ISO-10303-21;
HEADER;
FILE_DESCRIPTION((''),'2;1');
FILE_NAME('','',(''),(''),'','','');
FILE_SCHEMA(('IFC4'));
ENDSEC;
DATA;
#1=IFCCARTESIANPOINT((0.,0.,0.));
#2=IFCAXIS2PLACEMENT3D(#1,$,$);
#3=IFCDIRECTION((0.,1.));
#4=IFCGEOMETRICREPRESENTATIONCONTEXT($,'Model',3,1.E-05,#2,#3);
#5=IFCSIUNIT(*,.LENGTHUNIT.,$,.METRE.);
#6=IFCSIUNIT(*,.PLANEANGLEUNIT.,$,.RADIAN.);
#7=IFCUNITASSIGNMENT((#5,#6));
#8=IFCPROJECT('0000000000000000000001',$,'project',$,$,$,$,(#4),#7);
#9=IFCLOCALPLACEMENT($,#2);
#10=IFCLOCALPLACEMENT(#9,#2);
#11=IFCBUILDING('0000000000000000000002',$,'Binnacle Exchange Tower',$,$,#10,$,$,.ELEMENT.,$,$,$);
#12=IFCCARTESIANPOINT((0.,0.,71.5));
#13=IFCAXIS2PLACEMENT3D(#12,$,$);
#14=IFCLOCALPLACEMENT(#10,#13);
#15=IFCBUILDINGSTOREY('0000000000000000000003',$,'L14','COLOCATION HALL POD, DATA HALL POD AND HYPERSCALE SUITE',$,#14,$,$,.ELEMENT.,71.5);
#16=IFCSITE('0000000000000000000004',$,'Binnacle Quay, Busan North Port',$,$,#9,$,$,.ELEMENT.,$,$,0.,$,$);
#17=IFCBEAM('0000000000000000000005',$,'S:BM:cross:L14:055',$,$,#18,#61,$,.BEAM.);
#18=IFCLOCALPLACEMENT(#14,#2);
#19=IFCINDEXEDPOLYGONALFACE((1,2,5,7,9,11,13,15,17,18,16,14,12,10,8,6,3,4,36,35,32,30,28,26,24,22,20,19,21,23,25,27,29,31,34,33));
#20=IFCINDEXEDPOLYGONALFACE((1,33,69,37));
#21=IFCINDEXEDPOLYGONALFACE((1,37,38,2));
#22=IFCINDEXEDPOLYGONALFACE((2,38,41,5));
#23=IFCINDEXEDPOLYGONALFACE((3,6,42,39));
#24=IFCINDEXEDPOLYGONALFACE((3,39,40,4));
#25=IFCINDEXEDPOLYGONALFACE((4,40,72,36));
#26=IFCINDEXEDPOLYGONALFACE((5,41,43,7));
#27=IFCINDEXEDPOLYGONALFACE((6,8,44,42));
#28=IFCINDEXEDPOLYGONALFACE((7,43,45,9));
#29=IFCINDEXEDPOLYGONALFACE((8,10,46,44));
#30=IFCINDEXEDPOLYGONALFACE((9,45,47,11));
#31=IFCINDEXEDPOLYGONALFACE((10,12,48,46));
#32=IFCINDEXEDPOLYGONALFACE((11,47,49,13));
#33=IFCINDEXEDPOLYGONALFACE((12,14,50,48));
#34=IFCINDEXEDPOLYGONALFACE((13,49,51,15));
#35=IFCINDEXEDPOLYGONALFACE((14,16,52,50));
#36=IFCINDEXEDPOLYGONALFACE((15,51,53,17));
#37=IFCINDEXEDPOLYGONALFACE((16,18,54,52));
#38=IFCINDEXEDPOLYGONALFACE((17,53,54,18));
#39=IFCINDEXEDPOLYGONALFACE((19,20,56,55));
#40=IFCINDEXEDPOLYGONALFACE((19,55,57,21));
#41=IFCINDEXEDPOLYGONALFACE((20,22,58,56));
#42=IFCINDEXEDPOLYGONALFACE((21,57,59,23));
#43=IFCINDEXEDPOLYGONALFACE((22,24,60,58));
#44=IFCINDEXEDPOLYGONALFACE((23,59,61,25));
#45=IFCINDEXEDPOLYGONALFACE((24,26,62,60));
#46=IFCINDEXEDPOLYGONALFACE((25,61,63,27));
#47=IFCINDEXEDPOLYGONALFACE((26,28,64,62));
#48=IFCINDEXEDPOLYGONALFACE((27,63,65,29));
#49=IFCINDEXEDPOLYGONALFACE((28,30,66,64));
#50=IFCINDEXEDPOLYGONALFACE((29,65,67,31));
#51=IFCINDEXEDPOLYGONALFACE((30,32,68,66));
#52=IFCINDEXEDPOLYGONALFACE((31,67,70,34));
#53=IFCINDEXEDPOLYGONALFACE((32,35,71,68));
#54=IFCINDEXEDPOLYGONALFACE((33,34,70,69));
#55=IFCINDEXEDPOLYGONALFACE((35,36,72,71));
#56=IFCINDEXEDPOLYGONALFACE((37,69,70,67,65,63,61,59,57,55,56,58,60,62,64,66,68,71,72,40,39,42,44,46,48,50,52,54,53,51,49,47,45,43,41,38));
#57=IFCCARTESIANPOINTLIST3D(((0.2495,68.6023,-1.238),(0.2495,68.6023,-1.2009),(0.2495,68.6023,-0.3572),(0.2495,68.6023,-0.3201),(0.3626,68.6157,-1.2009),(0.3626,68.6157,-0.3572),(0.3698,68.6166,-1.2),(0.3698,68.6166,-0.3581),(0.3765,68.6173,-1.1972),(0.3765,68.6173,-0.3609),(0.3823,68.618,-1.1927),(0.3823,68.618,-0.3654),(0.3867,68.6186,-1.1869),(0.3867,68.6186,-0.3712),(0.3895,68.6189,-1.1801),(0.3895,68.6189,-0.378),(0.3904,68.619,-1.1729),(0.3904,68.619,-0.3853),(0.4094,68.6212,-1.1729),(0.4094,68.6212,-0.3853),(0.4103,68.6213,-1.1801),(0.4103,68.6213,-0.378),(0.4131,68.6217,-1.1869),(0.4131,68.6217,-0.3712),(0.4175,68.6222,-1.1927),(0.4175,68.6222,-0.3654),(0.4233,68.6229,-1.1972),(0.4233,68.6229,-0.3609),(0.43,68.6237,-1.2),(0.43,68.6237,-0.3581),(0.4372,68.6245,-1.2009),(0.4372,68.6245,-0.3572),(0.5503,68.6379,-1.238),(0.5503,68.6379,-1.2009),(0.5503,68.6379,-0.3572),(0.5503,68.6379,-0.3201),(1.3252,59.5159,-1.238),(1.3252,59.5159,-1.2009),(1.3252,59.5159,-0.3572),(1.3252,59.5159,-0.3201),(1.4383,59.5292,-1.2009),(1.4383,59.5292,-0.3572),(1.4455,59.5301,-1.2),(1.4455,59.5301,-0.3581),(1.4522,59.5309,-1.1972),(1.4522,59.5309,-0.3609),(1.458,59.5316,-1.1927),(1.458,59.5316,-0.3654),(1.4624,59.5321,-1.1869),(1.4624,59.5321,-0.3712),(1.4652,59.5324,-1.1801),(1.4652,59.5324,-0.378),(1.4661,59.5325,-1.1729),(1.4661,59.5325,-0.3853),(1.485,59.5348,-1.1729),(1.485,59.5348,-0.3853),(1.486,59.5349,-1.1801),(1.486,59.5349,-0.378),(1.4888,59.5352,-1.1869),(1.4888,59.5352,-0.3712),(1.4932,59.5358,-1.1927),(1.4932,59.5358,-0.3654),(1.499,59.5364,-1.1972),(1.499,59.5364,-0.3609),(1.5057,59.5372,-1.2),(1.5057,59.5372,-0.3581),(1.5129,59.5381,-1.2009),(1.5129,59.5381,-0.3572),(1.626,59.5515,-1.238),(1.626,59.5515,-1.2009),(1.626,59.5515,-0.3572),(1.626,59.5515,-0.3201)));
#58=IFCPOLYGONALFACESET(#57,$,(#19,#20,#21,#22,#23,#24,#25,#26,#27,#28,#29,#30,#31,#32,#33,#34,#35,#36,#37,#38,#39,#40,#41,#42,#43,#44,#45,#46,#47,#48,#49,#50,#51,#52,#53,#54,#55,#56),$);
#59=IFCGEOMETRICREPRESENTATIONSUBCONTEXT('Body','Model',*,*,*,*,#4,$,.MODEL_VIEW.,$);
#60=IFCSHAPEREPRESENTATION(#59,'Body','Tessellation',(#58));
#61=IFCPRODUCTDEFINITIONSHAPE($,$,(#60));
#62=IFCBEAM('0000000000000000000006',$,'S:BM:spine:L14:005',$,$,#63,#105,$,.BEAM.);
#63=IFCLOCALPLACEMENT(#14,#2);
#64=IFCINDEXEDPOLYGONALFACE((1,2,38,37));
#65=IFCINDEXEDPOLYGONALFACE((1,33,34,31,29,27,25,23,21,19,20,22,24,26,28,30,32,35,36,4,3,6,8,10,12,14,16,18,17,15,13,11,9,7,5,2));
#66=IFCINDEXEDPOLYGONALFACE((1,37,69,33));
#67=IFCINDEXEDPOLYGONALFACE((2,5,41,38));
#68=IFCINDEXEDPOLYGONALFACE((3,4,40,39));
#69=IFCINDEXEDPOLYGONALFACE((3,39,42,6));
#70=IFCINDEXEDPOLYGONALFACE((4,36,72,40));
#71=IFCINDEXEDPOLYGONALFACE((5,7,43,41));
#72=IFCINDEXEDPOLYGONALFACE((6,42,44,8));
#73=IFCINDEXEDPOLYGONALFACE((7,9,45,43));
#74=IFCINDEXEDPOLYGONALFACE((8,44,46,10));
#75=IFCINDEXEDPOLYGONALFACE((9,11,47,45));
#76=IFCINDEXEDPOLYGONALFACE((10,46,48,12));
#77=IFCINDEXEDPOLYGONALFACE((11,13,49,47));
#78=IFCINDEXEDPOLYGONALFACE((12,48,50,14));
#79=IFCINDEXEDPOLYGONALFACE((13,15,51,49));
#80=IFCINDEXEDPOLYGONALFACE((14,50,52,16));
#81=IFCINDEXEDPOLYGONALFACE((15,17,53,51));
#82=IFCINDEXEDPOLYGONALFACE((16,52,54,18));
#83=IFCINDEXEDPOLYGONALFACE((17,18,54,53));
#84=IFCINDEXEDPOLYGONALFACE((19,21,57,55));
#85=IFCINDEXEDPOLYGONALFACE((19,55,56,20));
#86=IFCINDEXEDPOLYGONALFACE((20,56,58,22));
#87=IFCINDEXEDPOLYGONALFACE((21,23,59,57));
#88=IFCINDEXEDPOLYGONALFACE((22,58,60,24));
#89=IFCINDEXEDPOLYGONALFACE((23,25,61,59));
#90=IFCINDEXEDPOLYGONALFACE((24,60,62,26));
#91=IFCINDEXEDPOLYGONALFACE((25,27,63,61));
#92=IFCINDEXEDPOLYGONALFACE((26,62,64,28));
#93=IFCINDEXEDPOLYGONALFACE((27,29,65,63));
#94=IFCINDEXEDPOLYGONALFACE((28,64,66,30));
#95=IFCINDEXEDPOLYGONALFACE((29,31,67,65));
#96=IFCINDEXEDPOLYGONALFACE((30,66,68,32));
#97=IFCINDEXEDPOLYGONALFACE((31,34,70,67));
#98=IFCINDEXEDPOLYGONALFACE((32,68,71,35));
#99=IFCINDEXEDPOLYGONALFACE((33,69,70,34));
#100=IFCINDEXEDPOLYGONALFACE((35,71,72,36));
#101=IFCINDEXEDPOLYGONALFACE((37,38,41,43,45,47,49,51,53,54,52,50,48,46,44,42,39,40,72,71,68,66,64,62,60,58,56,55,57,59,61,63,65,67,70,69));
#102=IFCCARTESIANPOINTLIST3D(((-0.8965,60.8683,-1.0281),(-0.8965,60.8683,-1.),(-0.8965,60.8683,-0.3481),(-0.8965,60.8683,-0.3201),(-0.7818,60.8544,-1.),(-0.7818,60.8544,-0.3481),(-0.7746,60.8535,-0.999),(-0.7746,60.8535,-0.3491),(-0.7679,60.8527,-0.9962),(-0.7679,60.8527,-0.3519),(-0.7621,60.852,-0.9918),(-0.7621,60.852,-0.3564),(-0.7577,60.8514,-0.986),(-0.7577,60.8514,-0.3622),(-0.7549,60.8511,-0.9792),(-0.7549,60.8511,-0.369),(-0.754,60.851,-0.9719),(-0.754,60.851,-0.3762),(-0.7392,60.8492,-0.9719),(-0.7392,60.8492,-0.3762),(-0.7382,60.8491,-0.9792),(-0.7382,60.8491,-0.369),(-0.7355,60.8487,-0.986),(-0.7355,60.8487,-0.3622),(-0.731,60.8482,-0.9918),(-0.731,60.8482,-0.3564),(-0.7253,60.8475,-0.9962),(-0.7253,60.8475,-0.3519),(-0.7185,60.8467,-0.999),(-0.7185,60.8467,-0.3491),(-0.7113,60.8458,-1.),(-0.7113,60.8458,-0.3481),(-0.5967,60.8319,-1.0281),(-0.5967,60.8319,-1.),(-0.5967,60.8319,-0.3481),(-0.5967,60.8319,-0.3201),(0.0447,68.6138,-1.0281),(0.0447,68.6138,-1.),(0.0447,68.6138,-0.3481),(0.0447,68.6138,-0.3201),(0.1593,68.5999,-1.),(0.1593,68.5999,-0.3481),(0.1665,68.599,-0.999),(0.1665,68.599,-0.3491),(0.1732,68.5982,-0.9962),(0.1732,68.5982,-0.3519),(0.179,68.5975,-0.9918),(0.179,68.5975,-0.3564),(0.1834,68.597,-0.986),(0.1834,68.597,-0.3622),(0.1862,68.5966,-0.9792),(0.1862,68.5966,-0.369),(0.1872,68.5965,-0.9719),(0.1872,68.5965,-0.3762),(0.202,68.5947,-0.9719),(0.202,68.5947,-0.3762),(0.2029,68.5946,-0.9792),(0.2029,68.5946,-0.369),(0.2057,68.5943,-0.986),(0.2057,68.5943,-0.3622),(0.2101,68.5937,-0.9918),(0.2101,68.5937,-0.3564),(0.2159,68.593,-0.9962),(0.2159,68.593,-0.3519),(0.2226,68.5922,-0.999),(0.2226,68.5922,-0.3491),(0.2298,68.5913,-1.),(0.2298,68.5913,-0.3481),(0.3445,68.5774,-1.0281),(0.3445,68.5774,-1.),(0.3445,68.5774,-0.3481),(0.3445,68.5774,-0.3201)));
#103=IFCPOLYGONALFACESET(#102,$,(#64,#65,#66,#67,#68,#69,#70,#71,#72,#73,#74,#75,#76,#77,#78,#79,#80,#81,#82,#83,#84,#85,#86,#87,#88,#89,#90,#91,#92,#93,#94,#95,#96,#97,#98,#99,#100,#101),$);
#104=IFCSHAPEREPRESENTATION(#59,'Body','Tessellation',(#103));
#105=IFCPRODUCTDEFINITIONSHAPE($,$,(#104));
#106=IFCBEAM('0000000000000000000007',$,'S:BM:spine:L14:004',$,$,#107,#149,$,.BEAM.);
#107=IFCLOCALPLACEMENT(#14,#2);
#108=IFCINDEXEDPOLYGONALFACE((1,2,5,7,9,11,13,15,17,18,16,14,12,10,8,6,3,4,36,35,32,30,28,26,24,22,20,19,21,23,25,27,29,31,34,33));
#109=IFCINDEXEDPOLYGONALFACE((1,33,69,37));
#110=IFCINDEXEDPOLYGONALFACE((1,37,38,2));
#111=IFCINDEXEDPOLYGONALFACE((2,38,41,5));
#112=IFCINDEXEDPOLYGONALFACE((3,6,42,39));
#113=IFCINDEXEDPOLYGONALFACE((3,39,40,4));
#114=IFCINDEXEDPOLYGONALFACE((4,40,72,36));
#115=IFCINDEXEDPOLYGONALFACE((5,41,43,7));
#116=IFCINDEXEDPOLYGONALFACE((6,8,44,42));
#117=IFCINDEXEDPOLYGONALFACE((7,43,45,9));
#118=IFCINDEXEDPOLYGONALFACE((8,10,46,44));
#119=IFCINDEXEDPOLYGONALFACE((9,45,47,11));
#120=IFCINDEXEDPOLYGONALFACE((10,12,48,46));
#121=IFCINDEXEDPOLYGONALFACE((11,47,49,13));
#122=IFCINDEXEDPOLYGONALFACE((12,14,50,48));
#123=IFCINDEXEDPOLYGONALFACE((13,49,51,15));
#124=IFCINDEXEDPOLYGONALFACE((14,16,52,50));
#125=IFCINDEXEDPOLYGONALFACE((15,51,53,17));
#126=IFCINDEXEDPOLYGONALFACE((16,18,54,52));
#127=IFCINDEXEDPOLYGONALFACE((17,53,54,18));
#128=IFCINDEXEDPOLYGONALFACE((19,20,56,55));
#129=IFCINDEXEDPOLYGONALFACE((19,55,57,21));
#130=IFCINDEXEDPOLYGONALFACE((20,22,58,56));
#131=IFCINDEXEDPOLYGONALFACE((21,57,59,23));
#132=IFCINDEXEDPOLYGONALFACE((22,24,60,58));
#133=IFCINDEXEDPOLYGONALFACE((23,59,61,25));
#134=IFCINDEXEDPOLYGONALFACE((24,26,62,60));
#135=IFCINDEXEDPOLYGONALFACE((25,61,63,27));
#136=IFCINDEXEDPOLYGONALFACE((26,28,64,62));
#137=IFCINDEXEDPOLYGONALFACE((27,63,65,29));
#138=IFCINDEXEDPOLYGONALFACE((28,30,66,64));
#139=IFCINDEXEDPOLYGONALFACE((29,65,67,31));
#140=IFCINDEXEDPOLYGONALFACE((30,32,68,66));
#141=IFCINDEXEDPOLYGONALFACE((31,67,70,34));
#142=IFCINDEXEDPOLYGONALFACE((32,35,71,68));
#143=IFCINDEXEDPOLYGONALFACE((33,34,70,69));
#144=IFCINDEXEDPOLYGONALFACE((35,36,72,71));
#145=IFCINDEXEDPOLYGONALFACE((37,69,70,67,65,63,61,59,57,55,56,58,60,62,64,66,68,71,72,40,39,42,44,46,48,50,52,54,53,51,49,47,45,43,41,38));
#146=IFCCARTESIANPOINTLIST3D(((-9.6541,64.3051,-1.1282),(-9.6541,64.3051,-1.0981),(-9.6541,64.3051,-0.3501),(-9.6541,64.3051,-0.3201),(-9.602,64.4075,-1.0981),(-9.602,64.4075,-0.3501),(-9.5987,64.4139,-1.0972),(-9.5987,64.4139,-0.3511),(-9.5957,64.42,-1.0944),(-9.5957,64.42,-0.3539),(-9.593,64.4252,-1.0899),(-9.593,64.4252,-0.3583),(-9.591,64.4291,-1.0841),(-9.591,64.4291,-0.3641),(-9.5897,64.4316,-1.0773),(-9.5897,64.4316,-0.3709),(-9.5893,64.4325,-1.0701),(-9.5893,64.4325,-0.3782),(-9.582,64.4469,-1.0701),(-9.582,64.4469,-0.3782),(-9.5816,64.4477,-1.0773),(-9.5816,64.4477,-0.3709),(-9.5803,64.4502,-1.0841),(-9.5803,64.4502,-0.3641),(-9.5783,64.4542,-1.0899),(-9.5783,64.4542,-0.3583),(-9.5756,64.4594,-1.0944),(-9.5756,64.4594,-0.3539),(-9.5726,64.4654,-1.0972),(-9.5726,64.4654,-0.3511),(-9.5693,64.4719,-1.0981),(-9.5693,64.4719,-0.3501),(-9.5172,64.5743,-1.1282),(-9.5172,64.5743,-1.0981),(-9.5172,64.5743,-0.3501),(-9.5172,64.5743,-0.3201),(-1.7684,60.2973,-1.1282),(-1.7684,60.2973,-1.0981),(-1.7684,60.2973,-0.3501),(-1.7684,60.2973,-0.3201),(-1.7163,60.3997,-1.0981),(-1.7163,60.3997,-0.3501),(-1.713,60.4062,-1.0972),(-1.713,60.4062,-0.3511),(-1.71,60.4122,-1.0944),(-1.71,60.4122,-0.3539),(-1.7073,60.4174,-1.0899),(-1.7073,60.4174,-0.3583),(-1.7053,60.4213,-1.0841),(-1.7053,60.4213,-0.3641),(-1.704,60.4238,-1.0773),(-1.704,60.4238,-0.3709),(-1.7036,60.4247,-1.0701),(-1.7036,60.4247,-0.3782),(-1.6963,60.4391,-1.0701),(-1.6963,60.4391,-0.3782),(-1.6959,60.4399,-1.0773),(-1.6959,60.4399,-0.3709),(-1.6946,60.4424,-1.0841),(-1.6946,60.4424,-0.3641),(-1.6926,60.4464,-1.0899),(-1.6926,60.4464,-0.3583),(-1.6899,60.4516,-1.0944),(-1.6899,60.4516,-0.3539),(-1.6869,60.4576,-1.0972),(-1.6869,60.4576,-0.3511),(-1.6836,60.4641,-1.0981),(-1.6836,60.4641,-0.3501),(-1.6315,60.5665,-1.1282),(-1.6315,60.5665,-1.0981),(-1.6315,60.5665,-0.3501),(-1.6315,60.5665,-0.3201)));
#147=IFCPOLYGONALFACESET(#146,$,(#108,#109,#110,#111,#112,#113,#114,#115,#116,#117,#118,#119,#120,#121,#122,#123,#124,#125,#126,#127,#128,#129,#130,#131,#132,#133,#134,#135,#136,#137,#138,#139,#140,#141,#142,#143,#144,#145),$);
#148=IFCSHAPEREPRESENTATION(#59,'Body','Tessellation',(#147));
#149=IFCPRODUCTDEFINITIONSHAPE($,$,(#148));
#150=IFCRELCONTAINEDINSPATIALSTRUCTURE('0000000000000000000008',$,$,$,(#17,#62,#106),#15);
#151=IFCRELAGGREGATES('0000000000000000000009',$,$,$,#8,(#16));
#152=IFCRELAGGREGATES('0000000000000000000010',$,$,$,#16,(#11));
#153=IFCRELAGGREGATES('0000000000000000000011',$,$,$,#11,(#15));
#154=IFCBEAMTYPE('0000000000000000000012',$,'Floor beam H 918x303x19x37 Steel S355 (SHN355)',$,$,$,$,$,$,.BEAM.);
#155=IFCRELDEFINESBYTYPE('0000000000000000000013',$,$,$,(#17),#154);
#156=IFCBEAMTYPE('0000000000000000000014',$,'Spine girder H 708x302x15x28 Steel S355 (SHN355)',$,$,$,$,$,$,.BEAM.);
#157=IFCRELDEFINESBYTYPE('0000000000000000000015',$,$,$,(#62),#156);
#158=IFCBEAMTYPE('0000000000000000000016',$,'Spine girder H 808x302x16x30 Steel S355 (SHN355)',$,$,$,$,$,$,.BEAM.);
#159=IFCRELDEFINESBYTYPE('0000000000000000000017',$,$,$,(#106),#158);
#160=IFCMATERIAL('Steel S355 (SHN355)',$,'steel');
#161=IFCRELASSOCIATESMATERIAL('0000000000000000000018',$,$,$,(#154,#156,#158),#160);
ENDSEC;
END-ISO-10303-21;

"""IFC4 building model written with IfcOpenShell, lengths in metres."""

from ifc_helpers import new_model, si_unit, direction, frame, origin, origin_2d, place, context, subcontext, project, spatial, i_section, extrude, material, material_profile, profile_set, type_object, element, save


model = new_model("IFC4")

# Units and contexts
model_context = context("Model", 3, precision=1e-05, world=origin(), true_north=direction((0.0, 1.0)))
body_context = subcontext(model_context, "Body", "Model", "MODEL_VIEW")
ifc_project = project(units=[si_unit("LENGTHUNIT", "METRE"), si_unit("PLANEANGLEUNIT", "RADIAN")], contexts=[model_context])

# Site, building, storey
site_placement = place(None, origin())
site = spatial("IfcSite", under=ifc_project, at=site_placement, Name="Binnacle Quay, Busan North Port", CompositionType="ELEMENT", RefElevation=0.0)
building_placement = place(site_placement, origin())
building = spatial("IfcBuilding", under=site, at=building_placement, Name="Binnacle Exchange Tower", CompositionType="ELEMENT")
storey_placement = place(building_placement, frame((0.0, 0.0, 71.5)))
storey = spatial("IfcBuildingStorey", under=building, at=storey_placement, Name="L14", Description="COLOCATION HALL POD, DATA HALL POD AND HYPERSCALE SUITE", CompositionType="ELEMENT", Elevation=71.5)

# Beams
ifc_material_1 = material(Name="Steel S355 (SHN355)", Category="steel")
ifc_material_profile_1 = material_profile(ifc_material_1, i_section(OverallWidth=0.303, OverallDepth=0.918, WebThickness=0.019, FlangeThickness=0.0371, FilletRadius=0.0281, at=origin_2d()), Name="H 918x303x19x37")
ifc_profile_set_1 = profile_set([ifc_material_profile_1], Name="Steel S355 (SHN355)")
beam_type_1 = type_object("IfcBeamType", Name="Floor beam H 918x303x19x37 Steel S355 (SHN355)", PredefinedType="BEAM", material=ifc_profile_set_1)
beam_1_placement = place(storey_placement, frame((0.3999, 68.6201, -0.7791), z_axis=(0.117563, -0.993065, 0.0), x_axis=(0.993065, 0.117563, 0.0)))
element("IfcBeam", 1, at=beam_1_placement, inside=storey, type_object=beam_type_1, Name="S:BM:cross:L14:055", PredefinedType="BEAM", context=body_context, shape_type="SweptSolid", body=[
    extrude(i_section(OverallWidth=0.303, OverallDepth=0.918, WebThickness=0.019, FlangeThickness=0.0371, FilletRadius=0.0281, at=origin_2d()), origin(), (0.0, 0.0, 1.0), 9.1499),
])
ifc_material_profile_2 = material_profile(ifc_material_1, i_section(OverallWidth=0.302, OverallDepth=0.708, WebThickness=0.0149, FlangeThickness=0.0281, FilletRadius=0.0281, at=origin_2d()), Name="H 708x302x15x28")
ifc_profile_set_2 = profile_set([ifc_material_profile_2], Name="Steel S355 (SHN355)")
beam_type_2 = type_object("IfcBeamType", Name="Spine girder H 708x302x15x28 Steel S355 (SHN355)", PredefinedType="BEAM", material=ifc_profile_set_2)
beam_2_placement = place(storey_placement, frame((-0.7466, 60.8501, -0.6741), z_axis=(0.120622, 0.992699, 0.0), x_axis=(-0.992699, 0.120622, 0.0)))
element("IfcBeam", 2, at=beam_2_placement, inside=storey, type_object=beam_type_2, Name="S:BM:spine:L14:005", PredefinedType="BEAM", context=body_context, shape_type="SweptSolid", body=[
    extrude(i_section(OverallWidth=0.302, OverallDepth=0.708, WebThickness=0.0149, FlangeThickness=0.0281, FilletRadius=0.0281, at=origin_2d()), origin(), (0.0, 0.0, 1.0), 7.8025),
])
ifc_material_profile_3 = material_profile(ifc_material_1, i_section(OverallWidth=0.302, OverallDepth=0.8081, WebThickness=0.0161, FlangeThickness=0.03, FilletRadius=0.0281, at=origin_2d()), Name="H 808x302x16x30")
ifc_profile_set_3 = profile_set([ifc_material_profile_3], Name="Steel S355 (SHN355)")
beam_type_3 = type_object("IfcBeamType", Name="Spine girder H 808x302x16x30 Steel S355 (SHN355)", PredefinedType="BEAM", material=ifc_profile_set_3)
beam_3_placement = place(storey_placement, frame((-1.7, 60.4319, -0.7241), z_axis=(-0.891471, 0.453077, 0.0), x_axis=(-0.453077, -0.891471, 0.0)))
element("IfcBeam", 3, at=beam_3_placement, inside=storey, type_object=beam_type_3, Name="S:BM:spine:L14:004", PredefinedType="BEAM", context=body_context, shape_type="SweptSolid", body=[
    extrude(i_section(OverallWidth=0.302, OverallDepth=0.8081, WebThickness=0.0161, FlangeThickness=0.03, FilletRadius=0.0281, at=origin_2d()), origin(), (0.0, 0.0, 1.0), 8.8457),
])

save(model, "model.ifc")
